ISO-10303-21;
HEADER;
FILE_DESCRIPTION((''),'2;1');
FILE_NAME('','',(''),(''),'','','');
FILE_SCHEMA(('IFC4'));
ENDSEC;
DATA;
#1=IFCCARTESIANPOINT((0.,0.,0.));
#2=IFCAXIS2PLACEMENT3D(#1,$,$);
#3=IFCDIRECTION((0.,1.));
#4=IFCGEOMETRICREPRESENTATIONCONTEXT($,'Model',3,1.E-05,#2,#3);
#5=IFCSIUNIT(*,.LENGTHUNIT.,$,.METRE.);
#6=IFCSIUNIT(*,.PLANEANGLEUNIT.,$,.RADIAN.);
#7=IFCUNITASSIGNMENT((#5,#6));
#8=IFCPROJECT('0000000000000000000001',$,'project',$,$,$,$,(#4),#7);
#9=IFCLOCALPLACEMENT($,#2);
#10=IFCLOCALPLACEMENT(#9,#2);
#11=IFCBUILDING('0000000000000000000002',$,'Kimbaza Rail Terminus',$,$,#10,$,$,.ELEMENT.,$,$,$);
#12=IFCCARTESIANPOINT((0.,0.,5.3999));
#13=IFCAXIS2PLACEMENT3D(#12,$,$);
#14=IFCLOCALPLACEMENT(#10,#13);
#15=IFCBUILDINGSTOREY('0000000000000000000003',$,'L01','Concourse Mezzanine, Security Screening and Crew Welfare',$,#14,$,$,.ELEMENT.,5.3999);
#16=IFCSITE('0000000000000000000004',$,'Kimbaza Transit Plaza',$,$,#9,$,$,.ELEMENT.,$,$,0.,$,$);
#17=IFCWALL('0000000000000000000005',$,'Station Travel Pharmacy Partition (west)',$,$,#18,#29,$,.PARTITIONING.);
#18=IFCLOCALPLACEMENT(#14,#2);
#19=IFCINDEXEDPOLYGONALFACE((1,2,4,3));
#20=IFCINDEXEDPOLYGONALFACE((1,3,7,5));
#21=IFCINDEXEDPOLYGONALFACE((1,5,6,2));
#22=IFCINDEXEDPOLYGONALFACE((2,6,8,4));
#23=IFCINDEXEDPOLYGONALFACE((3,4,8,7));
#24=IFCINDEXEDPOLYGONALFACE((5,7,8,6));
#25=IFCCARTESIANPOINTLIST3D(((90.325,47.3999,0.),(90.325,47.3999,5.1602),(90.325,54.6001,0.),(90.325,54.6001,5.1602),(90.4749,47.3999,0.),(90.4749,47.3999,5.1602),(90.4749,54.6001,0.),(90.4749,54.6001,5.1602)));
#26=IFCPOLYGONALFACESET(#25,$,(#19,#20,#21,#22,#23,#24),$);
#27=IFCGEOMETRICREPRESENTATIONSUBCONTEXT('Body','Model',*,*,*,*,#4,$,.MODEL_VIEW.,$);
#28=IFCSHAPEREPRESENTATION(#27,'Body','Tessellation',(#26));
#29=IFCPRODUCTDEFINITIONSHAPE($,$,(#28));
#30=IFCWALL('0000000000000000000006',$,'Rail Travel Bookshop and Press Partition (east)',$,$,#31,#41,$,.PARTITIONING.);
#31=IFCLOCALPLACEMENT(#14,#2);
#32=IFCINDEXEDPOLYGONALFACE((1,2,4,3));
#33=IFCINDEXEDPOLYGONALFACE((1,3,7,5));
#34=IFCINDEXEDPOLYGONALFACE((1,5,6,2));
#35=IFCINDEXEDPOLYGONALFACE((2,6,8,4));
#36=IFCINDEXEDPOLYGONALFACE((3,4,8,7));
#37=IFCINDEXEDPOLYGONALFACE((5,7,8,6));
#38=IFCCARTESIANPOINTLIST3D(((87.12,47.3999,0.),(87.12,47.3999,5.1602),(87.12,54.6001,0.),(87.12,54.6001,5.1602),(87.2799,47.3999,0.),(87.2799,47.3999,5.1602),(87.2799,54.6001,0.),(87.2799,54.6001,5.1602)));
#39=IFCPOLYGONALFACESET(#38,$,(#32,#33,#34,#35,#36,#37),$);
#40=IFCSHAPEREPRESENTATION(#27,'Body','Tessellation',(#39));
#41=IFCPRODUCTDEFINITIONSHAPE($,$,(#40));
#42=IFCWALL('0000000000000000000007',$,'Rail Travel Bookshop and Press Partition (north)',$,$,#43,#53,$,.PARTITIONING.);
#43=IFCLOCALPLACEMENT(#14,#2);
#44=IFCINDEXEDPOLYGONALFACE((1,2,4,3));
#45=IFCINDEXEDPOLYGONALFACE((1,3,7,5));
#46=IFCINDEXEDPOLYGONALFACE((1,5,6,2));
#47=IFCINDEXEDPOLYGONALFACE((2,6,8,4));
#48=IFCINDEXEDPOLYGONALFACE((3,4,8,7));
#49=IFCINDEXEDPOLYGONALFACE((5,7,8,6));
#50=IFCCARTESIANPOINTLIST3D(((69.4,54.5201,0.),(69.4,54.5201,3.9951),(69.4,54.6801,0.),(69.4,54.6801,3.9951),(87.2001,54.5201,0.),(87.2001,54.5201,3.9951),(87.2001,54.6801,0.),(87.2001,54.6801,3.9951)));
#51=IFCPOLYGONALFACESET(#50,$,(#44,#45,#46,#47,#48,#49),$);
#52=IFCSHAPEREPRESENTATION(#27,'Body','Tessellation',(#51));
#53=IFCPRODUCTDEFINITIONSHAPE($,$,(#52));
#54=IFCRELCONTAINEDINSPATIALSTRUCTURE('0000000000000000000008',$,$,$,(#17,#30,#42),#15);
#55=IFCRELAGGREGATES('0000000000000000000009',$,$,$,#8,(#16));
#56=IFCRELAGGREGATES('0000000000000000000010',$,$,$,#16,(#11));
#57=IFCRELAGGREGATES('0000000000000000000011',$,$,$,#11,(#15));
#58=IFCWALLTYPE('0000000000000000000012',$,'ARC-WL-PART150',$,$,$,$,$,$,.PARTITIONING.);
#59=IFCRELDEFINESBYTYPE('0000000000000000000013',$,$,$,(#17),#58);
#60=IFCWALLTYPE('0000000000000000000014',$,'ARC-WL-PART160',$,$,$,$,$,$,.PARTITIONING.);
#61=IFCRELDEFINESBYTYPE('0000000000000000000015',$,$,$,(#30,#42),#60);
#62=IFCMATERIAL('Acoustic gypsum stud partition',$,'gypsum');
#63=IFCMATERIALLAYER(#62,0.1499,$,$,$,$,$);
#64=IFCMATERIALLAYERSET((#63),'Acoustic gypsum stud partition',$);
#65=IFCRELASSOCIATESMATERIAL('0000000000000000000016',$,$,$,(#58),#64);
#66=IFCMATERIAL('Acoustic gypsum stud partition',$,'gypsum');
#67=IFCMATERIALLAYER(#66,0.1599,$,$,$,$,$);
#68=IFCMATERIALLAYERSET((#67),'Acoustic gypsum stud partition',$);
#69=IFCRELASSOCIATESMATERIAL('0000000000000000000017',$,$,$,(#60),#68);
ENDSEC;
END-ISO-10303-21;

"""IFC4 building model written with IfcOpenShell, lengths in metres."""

from ifc_helpers import new_model, si_unit, direction, frame, frame_2d, origin, place, context, subcontext, project, spatial, rectangle, extrude, material, layer, layer_set, type_object, element, save


model = new_model("IFC4")

# Units and contexts
model_context = context("Model", 3, precision=1e-05, world=origin(), true_north=direction((0.0, 1.0)))
body_context = subcontext(model_context, "Body", "Model", "MODEL_VIEW")
ifc_project = project(units=[si_unit("LENGTHUNIT", "METRE"), si_unit("PLANEANGLEUNIT", "RADIAN")], contexts=[model_context])

# Site, building, storey
site_placement = place(None, origin())
site = spatial("IfcSite", under=ifc_project, at=site_placement, Name="Kimbaza Transit Plaza", CompositionType="ELEMENT", RefElevation=0.0)
building_placement = place(site_placement, origin())
building = spatial("IfcBuilding", under=site, at=building_placement, Name="Kimbaza Rail Terminus", CompositionType="ELEMENT")
storey_placement = place(building_placement, frame((0.0, 0.0, 5.3999)))
storey = spatial("IfcBuildingStorey", under=building, at=storey_placement, Name="L01", Description="Concourse Mezzanine, Security Screening and Crew Welfare", CompositionType="ELEMENT", Elevation=5.3999)

# Shared definitions
ifc_material_1 = material(Name="Acoustic gypsum stud partition", Category="gypsum")
ifc_layer_1 = layer(ifc_material_1, 0.1499)
ifc_layer_set_1 = layer_set([ifc_layer_1], Name="Acoustic gypsum stud partition")
wall_type_1 = type_object("IfcWallType", Name="ARC-WL-PART150", PredefinedType="PARTITIONING", material=ifc_layer_set_1)

# Walls
wall_1_placement = place(storey_placement, frame((90.3999, 54.6001, 0.0), z_axis=(0.0, 0.0, 1.0), x_axis=(0.0, -1.0, 0.0)))
element("IfcWall", 1, at=wall_1_placement, inside=storey, type_object=wall_type_1, Name="Station Travel Pharmacy Partition (west)", PredefinedType="PARTITIONING", context=body_context, shape_type="SweptSolid", body=[
    extrude(rectangle(XDim=7.2002, YDim=0.1499, at=frame_2d((3.6001, 0.0))), origin(), (0.0, 0.0, 1.0), 5.1602),
])
ifc_material_2 = material(Name="Acoustic gypsum stud partition", Category="gypsum")
ifc_layer_2 = layer(ifc_material_2, 0.1599)
ifc_layer_set_2 = layer_set([ifc_layer_2], Name="Acoustic gypsum stud partition")
wall_type_2 = type_object("IfcWallType", Name="ARC-WL-PART160", PredefinedType="PARTITIONING", material=ifc_layer_set_2)
wall_2_placement = place(storey_placement, frame((87.2, 47.3999, 0.0), z_axis=(0.0, 0.0, 1.0), x_axis=(0.0, 1.0, 0.0)))
element("IfcWall", 2, at=wall_2_placement, inside=storey, type_object=wall_type_2, Name="Rail Travel Bookshop and Press Partition (east)", PredefinedType="PARTITIONING", context=body_context, shape_type="SweptSolid", body=[
    extrude(rectangle(XDim=7.2002, YDim=0.1599, at=frame_2d((3.6001, 0.0))), origin(), (0.0, 0.0, 1.0), 5.1602),
])
wall_3_placement = place(storey_placement, frame((87.2, 54.6001, 0.0), z_axis=(0.0, 0.0, 1.0), x_axis=(-1.0, 0.0, 0.0)))
element("IfcWall", 3, at=wall_3_placement, inside=storey, type_object=wall_type_2, Name="Rail Travel Bookshop and Press Partition (north)", PredefinedType="PARTITIONING", context=body_context, shape_type="SweptSolid", body=[
    extrude(rectangle(XDim=17.8, YDim=0.1599, at=frame_2d((8.8999, 0.0))), origin(), (0.0, 0.0, 1.0), 3.9951),
])

save(model, "model.ifc")
